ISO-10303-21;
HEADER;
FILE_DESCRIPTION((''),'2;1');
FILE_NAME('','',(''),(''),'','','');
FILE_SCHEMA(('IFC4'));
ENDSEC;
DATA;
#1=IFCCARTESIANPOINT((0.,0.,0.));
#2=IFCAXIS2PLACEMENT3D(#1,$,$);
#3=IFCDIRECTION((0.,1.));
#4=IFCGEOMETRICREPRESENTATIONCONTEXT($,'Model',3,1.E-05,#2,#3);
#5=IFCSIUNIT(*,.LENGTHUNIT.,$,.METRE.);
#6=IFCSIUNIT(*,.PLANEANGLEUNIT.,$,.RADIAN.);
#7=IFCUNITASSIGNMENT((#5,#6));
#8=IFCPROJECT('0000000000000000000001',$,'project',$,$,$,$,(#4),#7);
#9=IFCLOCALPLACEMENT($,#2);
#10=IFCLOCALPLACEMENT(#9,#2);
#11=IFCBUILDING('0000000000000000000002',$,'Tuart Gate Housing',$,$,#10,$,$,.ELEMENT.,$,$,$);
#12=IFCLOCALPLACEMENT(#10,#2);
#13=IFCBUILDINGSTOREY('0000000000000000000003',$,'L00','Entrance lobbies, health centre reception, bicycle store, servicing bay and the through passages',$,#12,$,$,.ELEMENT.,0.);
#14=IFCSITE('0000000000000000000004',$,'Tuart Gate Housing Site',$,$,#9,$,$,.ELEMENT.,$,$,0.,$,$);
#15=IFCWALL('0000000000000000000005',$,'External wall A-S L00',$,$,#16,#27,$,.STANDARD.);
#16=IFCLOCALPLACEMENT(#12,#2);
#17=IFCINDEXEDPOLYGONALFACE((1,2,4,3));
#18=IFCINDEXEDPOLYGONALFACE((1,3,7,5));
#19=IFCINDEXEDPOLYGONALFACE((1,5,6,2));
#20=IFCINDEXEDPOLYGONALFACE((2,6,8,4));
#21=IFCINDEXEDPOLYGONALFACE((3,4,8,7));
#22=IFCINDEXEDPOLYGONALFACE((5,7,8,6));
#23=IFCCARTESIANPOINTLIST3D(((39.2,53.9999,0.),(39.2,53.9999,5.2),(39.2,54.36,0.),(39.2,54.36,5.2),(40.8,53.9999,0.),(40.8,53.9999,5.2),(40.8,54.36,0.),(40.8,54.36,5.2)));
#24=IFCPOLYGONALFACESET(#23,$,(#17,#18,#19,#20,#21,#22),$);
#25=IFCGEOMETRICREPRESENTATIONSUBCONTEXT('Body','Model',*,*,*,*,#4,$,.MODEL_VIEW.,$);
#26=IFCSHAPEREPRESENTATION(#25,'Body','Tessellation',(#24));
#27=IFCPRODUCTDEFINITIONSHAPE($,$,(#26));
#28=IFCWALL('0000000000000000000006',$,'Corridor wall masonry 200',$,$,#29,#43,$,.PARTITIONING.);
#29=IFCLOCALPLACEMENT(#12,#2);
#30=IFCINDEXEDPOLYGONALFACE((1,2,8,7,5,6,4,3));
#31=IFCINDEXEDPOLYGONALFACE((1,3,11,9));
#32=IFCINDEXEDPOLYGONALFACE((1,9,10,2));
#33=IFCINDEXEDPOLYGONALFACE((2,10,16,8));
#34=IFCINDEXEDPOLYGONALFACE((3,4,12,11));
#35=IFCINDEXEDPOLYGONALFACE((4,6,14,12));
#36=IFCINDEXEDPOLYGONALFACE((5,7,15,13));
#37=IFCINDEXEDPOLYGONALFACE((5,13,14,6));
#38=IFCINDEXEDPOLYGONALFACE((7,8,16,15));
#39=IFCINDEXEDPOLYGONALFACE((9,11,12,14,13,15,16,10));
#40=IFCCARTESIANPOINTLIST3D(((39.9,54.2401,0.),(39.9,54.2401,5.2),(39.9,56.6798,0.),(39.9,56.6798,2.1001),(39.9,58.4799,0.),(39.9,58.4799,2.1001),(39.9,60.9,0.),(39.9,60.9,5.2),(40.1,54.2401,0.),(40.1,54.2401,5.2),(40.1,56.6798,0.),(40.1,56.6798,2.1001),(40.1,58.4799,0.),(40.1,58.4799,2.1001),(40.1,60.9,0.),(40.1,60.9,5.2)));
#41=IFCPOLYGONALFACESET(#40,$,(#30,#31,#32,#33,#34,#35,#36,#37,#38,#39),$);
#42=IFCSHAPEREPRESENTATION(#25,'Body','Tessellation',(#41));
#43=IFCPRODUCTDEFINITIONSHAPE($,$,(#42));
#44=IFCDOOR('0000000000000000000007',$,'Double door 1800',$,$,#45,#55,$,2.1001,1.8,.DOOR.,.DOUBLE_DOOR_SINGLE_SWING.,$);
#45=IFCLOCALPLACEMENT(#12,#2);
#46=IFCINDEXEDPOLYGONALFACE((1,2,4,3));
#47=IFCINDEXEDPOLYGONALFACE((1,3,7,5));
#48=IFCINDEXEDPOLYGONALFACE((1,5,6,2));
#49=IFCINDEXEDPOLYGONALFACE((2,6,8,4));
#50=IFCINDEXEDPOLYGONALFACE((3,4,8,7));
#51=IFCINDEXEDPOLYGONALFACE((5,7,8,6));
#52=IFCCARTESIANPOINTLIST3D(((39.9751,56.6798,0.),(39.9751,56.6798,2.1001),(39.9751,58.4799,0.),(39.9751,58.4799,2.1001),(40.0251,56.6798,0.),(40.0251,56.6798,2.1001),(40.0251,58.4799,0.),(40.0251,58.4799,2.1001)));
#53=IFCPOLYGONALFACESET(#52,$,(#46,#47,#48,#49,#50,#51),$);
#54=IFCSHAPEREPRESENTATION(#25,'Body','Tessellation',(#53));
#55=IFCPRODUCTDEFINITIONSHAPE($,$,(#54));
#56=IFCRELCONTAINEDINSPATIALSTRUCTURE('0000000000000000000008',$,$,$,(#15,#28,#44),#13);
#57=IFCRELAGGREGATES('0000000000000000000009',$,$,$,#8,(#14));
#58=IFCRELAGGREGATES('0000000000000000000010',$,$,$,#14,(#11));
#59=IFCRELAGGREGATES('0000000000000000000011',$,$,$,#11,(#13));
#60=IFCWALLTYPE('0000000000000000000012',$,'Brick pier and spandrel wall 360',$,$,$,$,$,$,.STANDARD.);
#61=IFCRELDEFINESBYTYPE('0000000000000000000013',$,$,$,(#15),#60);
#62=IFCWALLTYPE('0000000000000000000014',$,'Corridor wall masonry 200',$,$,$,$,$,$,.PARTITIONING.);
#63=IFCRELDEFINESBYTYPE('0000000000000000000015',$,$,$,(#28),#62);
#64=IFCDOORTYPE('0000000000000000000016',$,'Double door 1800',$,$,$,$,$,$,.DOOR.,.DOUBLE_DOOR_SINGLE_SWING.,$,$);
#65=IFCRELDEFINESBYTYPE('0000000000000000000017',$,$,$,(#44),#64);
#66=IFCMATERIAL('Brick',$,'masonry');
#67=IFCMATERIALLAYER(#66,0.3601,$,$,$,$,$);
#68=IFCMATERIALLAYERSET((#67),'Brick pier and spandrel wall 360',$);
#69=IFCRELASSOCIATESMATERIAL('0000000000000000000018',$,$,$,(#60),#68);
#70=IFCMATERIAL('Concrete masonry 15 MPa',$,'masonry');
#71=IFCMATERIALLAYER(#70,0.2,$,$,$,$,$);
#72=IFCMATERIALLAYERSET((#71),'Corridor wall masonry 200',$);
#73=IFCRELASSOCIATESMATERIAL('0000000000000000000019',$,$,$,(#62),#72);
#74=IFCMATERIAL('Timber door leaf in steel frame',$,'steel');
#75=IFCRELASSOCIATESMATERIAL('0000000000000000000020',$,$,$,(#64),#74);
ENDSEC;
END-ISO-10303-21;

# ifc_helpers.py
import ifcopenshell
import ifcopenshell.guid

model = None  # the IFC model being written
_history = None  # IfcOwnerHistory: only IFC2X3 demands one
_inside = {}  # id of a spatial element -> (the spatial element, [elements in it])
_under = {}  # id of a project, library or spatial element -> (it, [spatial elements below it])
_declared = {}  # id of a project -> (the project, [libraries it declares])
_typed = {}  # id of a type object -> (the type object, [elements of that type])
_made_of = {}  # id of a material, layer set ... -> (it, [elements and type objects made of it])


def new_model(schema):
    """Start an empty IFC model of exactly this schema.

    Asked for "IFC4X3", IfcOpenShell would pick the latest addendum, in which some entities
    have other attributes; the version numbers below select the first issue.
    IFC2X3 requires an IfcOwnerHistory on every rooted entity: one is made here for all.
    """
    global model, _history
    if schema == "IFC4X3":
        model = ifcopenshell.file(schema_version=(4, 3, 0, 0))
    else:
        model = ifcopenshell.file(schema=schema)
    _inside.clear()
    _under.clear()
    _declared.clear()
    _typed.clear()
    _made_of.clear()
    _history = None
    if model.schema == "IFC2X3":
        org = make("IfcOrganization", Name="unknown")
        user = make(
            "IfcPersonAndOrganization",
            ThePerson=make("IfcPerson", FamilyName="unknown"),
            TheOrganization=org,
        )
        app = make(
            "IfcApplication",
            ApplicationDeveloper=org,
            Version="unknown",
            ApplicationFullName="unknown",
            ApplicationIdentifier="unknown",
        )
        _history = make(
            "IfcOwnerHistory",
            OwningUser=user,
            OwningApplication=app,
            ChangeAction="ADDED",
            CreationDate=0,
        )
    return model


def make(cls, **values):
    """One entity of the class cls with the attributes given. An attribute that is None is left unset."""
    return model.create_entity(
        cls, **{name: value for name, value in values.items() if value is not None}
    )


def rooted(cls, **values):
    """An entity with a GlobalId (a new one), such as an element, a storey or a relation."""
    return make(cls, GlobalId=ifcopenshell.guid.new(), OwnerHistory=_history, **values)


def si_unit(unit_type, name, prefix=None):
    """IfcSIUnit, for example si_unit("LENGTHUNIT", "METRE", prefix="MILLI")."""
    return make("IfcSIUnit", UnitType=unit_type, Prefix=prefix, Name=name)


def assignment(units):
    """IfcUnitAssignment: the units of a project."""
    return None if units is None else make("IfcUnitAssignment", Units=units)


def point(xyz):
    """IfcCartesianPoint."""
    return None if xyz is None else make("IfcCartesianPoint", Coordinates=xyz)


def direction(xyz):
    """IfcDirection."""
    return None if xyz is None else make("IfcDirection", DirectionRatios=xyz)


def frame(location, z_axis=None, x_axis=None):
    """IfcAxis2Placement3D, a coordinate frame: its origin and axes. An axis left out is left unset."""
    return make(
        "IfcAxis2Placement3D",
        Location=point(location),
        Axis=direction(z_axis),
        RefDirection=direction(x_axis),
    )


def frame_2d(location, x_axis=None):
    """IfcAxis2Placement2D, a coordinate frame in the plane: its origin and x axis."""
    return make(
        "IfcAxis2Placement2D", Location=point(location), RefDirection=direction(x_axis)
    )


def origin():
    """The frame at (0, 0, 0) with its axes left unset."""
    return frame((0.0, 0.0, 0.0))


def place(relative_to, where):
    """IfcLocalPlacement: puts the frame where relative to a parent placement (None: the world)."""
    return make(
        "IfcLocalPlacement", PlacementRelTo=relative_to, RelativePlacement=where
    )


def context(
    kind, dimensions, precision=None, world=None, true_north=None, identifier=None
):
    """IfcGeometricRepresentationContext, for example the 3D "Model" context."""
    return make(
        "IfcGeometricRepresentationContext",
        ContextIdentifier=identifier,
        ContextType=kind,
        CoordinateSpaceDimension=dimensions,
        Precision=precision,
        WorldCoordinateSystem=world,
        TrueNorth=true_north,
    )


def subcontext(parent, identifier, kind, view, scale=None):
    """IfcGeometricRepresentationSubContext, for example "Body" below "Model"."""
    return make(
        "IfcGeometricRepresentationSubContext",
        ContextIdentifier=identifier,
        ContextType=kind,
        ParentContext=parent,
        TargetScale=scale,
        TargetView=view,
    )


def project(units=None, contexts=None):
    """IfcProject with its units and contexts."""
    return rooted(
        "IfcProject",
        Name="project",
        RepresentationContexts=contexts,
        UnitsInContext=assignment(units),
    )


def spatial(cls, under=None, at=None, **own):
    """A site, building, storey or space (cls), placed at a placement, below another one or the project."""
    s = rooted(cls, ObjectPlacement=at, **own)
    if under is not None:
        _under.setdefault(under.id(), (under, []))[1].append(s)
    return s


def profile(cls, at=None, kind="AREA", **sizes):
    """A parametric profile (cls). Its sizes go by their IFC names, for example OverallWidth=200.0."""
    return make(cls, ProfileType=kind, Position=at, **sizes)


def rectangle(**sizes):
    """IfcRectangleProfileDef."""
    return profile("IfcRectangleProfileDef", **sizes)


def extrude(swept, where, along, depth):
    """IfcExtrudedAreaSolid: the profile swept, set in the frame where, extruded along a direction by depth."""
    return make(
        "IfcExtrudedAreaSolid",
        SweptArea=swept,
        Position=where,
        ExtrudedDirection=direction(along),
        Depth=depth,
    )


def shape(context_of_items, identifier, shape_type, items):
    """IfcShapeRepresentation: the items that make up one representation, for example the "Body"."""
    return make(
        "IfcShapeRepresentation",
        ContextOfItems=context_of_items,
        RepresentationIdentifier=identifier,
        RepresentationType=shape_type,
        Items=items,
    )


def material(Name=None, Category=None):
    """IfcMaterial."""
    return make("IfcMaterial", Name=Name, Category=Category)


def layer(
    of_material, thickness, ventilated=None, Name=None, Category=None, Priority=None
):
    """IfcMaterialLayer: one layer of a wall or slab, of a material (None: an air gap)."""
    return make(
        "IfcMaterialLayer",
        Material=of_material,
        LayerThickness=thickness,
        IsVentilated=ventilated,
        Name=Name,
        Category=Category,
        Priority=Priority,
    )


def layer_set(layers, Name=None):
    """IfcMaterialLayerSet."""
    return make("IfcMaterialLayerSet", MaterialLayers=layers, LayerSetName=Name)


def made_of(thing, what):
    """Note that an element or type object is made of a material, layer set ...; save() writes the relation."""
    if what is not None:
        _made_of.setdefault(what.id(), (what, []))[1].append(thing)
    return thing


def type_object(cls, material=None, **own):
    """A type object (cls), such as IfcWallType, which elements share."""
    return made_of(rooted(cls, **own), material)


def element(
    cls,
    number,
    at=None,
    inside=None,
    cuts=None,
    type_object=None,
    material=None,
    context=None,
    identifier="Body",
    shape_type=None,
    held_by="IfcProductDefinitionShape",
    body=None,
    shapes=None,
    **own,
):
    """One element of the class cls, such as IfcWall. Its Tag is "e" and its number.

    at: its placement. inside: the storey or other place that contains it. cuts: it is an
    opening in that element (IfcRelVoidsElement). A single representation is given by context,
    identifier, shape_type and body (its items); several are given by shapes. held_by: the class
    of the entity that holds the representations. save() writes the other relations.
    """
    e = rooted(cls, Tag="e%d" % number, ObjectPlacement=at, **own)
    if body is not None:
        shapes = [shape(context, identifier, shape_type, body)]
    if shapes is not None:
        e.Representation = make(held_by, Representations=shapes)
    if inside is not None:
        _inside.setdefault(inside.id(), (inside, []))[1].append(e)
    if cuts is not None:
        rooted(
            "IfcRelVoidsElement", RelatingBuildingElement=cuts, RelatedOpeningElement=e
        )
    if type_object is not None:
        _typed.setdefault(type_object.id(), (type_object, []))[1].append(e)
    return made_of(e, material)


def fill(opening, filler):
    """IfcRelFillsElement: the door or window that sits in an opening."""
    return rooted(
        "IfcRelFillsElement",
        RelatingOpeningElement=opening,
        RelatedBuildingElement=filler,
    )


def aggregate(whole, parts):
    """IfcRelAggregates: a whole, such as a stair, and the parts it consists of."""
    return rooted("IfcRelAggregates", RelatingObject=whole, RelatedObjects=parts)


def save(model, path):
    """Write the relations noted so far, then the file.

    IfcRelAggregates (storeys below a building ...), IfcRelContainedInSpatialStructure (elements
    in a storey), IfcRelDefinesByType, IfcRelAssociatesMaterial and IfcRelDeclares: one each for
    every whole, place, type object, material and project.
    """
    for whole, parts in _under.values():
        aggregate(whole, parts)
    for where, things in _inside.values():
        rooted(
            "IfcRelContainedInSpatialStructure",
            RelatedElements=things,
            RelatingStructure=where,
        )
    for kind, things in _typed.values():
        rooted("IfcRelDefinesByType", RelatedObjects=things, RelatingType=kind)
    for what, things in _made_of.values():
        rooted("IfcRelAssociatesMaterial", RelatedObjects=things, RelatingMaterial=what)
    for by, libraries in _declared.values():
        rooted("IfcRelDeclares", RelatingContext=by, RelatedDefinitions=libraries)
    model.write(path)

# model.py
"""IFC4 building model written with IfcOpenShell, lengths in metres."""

from ifc_helpers import new_model, si_unit, direction, frame, frame_2d, origin, place, context, subcontext, project, spatial, rectangle, extrude, material, layer, layer_set, type_object, element, fill, save


model = new_model("IFC4")

# Units and contexts
model_context = context("Model", 3, precision=1e-05, world=origin(), true_north=direction((0.0, 1.0)))
body_context = subcontext(model_context, "Body", "Model", "MODEL_VIEW")
ifc_project = project(units=[si_unit("LENGTHUNIT", "METRE"), si_unit("PLANEANGLEUNIT", "RADIAN")], contexts=[model_context])

# Site, building, storey
site_placement = place(None, origin())
site = spatial("IfcSite", under=ifc_project, at=site_placement, Name="Tuart Gate Housing Site", CompositionType="ELEMENT", RefElevation=0.0)
building_placement = place(site_placement, origin())
building = spatial("IfcBuilding", under=site, at=building_placement, Name="Tuart Gate Housing", CompositionType="ELEMENT")
storey_placement = place(building_placement, origin())
storey = spatial("IfcBuildingStorey", under=building, at=storey_placement, Name="L00", Description="Entrance lobbies, health centre reception, bicycle store, servicing bay and the through passages", CompositionType="ELEMENT", Elevation=0.0)

# Wall
ifc_material_1 = material(Name="Brick", Category="masonry")
ifc_layer_1 = layer(ifc_material_1, 0.3601)
ifc_layer_set_1 = layer_set([ifc_layer_1], Name="Brick pier and spandrel wall 360")
wall_type_1 = type_object("IfcWallType", Name="Brick pier and spandrel wall 360", PredefinedType="STANDARD", material=ifc_layer_set_1)
wall_1_placement = place(storey_placement, frame((39.2, 54.1799, 0.0), z_axis=(0.0, 0.0, 1.0), x_axis=(1.0, 0.0, 0.0)))
element("IfcWall", 1, at=wall_1_placement, inside=storey, type_object=wall_type_1, Name="External wall A-S L00", PredefinedType="STANDARD", context=body_context, shape_type="SweptSolid", body=[
    extrude(rectangle(XDim=1.6001, YDim=0.3601, at=frame_2d((0.8, 0.0))), origin(), (0.0, 0.0, 1.0), 5.2),
])

# Wall, opening, door
ifc_material_2 = material(Name="Concrete masonry 15 MPa", Category="masonry")
ifc_layer_2 = layer(ifc_material_2, 0.2)
ifc_layer_set_2 = layer_set([ifc_layer_2], Name="Corridor wall masonry 200")
wall_type_2 = type_object("IfcWallType", Name="Corridor wall masonry 200", PredefinedType="PARTITIONING", material=ifc_layer_set_2)
wall_2_placement = place(storey_placement, frame((40.0, 54.24, 0.0), z_axis=(0.0, 0.0, 1.0), x_axis=(0.0, 1.0, 0.0)))
wall_2 = element("IfcWall", 2, at=wall_2_placement, inside=storey, type_object=wall_type_2, Name="Corridor wall masonry 200", PredefinedType="PARTITIONING", context=body_context, shape_type="SweptSolid", body=[
    extrude(rectangle(XDim=6.6599, YDim=0.2, at=frame_2d((3.3301, 0.0))), origin(), (0.0, 0.0, 1.0), 5.2),
])
opening_placement = place(wall_2_placement, frame((2.4399, 0.0, 0.0)))
opening = element("IfcOpeningElement", 3, at=opening_placement, cuts=wall_2, PredefinedType="OPENING", context=body_context, shape_type="SweptSolid", body=[
    extrude(rectangle(XDim=1.8, YDim=2.1001, at=frame_2d((0.8999, 1.05))), frame((0.0, 0.1099, 0.0), z_axis=(0.0, -1.0, 0.0), x_axis=(1.0, 0.0, 0.0)), (0.0, 0.0, 1.0), 0.22),
])
ifc_material_3 = material(Name="Timber door leaf in steel frame", Category="steel")
door_type = type_object("IfcDoorType", Name="Double door 1800", OperationType="DOUBLE_DOOR_SINGLE_SWING", PredefinedType="DOOR", material=ifc_material_3)
door_placement = place(opening_placement, origin())
door = element("IfcDoor", 4, at=door_placement, inside=storey, type_object=door_type, Name="Double door 1800", OperationType="DOUBLE_DOOR_SINGLE_SWING", OverallHeight=2.1001, OverallWidth=1.8, PredefinedType="DOOR", context=body_context, shape_type="SweptSolid", body=[
    extrude(rectangle(XDim=1.8, YDim=2.1001, at=frame_2d((0.8999, 1.05))), frame((0.0, 0.0249, 0.0), z_axis=(0.0, -1.0, 0.0), x_axis=(1.0, 0.0, 0.0)), (0.0, 0.0, 1.0), 0.05),
])
fill(opening, door)

save(model, "model.ifc")
